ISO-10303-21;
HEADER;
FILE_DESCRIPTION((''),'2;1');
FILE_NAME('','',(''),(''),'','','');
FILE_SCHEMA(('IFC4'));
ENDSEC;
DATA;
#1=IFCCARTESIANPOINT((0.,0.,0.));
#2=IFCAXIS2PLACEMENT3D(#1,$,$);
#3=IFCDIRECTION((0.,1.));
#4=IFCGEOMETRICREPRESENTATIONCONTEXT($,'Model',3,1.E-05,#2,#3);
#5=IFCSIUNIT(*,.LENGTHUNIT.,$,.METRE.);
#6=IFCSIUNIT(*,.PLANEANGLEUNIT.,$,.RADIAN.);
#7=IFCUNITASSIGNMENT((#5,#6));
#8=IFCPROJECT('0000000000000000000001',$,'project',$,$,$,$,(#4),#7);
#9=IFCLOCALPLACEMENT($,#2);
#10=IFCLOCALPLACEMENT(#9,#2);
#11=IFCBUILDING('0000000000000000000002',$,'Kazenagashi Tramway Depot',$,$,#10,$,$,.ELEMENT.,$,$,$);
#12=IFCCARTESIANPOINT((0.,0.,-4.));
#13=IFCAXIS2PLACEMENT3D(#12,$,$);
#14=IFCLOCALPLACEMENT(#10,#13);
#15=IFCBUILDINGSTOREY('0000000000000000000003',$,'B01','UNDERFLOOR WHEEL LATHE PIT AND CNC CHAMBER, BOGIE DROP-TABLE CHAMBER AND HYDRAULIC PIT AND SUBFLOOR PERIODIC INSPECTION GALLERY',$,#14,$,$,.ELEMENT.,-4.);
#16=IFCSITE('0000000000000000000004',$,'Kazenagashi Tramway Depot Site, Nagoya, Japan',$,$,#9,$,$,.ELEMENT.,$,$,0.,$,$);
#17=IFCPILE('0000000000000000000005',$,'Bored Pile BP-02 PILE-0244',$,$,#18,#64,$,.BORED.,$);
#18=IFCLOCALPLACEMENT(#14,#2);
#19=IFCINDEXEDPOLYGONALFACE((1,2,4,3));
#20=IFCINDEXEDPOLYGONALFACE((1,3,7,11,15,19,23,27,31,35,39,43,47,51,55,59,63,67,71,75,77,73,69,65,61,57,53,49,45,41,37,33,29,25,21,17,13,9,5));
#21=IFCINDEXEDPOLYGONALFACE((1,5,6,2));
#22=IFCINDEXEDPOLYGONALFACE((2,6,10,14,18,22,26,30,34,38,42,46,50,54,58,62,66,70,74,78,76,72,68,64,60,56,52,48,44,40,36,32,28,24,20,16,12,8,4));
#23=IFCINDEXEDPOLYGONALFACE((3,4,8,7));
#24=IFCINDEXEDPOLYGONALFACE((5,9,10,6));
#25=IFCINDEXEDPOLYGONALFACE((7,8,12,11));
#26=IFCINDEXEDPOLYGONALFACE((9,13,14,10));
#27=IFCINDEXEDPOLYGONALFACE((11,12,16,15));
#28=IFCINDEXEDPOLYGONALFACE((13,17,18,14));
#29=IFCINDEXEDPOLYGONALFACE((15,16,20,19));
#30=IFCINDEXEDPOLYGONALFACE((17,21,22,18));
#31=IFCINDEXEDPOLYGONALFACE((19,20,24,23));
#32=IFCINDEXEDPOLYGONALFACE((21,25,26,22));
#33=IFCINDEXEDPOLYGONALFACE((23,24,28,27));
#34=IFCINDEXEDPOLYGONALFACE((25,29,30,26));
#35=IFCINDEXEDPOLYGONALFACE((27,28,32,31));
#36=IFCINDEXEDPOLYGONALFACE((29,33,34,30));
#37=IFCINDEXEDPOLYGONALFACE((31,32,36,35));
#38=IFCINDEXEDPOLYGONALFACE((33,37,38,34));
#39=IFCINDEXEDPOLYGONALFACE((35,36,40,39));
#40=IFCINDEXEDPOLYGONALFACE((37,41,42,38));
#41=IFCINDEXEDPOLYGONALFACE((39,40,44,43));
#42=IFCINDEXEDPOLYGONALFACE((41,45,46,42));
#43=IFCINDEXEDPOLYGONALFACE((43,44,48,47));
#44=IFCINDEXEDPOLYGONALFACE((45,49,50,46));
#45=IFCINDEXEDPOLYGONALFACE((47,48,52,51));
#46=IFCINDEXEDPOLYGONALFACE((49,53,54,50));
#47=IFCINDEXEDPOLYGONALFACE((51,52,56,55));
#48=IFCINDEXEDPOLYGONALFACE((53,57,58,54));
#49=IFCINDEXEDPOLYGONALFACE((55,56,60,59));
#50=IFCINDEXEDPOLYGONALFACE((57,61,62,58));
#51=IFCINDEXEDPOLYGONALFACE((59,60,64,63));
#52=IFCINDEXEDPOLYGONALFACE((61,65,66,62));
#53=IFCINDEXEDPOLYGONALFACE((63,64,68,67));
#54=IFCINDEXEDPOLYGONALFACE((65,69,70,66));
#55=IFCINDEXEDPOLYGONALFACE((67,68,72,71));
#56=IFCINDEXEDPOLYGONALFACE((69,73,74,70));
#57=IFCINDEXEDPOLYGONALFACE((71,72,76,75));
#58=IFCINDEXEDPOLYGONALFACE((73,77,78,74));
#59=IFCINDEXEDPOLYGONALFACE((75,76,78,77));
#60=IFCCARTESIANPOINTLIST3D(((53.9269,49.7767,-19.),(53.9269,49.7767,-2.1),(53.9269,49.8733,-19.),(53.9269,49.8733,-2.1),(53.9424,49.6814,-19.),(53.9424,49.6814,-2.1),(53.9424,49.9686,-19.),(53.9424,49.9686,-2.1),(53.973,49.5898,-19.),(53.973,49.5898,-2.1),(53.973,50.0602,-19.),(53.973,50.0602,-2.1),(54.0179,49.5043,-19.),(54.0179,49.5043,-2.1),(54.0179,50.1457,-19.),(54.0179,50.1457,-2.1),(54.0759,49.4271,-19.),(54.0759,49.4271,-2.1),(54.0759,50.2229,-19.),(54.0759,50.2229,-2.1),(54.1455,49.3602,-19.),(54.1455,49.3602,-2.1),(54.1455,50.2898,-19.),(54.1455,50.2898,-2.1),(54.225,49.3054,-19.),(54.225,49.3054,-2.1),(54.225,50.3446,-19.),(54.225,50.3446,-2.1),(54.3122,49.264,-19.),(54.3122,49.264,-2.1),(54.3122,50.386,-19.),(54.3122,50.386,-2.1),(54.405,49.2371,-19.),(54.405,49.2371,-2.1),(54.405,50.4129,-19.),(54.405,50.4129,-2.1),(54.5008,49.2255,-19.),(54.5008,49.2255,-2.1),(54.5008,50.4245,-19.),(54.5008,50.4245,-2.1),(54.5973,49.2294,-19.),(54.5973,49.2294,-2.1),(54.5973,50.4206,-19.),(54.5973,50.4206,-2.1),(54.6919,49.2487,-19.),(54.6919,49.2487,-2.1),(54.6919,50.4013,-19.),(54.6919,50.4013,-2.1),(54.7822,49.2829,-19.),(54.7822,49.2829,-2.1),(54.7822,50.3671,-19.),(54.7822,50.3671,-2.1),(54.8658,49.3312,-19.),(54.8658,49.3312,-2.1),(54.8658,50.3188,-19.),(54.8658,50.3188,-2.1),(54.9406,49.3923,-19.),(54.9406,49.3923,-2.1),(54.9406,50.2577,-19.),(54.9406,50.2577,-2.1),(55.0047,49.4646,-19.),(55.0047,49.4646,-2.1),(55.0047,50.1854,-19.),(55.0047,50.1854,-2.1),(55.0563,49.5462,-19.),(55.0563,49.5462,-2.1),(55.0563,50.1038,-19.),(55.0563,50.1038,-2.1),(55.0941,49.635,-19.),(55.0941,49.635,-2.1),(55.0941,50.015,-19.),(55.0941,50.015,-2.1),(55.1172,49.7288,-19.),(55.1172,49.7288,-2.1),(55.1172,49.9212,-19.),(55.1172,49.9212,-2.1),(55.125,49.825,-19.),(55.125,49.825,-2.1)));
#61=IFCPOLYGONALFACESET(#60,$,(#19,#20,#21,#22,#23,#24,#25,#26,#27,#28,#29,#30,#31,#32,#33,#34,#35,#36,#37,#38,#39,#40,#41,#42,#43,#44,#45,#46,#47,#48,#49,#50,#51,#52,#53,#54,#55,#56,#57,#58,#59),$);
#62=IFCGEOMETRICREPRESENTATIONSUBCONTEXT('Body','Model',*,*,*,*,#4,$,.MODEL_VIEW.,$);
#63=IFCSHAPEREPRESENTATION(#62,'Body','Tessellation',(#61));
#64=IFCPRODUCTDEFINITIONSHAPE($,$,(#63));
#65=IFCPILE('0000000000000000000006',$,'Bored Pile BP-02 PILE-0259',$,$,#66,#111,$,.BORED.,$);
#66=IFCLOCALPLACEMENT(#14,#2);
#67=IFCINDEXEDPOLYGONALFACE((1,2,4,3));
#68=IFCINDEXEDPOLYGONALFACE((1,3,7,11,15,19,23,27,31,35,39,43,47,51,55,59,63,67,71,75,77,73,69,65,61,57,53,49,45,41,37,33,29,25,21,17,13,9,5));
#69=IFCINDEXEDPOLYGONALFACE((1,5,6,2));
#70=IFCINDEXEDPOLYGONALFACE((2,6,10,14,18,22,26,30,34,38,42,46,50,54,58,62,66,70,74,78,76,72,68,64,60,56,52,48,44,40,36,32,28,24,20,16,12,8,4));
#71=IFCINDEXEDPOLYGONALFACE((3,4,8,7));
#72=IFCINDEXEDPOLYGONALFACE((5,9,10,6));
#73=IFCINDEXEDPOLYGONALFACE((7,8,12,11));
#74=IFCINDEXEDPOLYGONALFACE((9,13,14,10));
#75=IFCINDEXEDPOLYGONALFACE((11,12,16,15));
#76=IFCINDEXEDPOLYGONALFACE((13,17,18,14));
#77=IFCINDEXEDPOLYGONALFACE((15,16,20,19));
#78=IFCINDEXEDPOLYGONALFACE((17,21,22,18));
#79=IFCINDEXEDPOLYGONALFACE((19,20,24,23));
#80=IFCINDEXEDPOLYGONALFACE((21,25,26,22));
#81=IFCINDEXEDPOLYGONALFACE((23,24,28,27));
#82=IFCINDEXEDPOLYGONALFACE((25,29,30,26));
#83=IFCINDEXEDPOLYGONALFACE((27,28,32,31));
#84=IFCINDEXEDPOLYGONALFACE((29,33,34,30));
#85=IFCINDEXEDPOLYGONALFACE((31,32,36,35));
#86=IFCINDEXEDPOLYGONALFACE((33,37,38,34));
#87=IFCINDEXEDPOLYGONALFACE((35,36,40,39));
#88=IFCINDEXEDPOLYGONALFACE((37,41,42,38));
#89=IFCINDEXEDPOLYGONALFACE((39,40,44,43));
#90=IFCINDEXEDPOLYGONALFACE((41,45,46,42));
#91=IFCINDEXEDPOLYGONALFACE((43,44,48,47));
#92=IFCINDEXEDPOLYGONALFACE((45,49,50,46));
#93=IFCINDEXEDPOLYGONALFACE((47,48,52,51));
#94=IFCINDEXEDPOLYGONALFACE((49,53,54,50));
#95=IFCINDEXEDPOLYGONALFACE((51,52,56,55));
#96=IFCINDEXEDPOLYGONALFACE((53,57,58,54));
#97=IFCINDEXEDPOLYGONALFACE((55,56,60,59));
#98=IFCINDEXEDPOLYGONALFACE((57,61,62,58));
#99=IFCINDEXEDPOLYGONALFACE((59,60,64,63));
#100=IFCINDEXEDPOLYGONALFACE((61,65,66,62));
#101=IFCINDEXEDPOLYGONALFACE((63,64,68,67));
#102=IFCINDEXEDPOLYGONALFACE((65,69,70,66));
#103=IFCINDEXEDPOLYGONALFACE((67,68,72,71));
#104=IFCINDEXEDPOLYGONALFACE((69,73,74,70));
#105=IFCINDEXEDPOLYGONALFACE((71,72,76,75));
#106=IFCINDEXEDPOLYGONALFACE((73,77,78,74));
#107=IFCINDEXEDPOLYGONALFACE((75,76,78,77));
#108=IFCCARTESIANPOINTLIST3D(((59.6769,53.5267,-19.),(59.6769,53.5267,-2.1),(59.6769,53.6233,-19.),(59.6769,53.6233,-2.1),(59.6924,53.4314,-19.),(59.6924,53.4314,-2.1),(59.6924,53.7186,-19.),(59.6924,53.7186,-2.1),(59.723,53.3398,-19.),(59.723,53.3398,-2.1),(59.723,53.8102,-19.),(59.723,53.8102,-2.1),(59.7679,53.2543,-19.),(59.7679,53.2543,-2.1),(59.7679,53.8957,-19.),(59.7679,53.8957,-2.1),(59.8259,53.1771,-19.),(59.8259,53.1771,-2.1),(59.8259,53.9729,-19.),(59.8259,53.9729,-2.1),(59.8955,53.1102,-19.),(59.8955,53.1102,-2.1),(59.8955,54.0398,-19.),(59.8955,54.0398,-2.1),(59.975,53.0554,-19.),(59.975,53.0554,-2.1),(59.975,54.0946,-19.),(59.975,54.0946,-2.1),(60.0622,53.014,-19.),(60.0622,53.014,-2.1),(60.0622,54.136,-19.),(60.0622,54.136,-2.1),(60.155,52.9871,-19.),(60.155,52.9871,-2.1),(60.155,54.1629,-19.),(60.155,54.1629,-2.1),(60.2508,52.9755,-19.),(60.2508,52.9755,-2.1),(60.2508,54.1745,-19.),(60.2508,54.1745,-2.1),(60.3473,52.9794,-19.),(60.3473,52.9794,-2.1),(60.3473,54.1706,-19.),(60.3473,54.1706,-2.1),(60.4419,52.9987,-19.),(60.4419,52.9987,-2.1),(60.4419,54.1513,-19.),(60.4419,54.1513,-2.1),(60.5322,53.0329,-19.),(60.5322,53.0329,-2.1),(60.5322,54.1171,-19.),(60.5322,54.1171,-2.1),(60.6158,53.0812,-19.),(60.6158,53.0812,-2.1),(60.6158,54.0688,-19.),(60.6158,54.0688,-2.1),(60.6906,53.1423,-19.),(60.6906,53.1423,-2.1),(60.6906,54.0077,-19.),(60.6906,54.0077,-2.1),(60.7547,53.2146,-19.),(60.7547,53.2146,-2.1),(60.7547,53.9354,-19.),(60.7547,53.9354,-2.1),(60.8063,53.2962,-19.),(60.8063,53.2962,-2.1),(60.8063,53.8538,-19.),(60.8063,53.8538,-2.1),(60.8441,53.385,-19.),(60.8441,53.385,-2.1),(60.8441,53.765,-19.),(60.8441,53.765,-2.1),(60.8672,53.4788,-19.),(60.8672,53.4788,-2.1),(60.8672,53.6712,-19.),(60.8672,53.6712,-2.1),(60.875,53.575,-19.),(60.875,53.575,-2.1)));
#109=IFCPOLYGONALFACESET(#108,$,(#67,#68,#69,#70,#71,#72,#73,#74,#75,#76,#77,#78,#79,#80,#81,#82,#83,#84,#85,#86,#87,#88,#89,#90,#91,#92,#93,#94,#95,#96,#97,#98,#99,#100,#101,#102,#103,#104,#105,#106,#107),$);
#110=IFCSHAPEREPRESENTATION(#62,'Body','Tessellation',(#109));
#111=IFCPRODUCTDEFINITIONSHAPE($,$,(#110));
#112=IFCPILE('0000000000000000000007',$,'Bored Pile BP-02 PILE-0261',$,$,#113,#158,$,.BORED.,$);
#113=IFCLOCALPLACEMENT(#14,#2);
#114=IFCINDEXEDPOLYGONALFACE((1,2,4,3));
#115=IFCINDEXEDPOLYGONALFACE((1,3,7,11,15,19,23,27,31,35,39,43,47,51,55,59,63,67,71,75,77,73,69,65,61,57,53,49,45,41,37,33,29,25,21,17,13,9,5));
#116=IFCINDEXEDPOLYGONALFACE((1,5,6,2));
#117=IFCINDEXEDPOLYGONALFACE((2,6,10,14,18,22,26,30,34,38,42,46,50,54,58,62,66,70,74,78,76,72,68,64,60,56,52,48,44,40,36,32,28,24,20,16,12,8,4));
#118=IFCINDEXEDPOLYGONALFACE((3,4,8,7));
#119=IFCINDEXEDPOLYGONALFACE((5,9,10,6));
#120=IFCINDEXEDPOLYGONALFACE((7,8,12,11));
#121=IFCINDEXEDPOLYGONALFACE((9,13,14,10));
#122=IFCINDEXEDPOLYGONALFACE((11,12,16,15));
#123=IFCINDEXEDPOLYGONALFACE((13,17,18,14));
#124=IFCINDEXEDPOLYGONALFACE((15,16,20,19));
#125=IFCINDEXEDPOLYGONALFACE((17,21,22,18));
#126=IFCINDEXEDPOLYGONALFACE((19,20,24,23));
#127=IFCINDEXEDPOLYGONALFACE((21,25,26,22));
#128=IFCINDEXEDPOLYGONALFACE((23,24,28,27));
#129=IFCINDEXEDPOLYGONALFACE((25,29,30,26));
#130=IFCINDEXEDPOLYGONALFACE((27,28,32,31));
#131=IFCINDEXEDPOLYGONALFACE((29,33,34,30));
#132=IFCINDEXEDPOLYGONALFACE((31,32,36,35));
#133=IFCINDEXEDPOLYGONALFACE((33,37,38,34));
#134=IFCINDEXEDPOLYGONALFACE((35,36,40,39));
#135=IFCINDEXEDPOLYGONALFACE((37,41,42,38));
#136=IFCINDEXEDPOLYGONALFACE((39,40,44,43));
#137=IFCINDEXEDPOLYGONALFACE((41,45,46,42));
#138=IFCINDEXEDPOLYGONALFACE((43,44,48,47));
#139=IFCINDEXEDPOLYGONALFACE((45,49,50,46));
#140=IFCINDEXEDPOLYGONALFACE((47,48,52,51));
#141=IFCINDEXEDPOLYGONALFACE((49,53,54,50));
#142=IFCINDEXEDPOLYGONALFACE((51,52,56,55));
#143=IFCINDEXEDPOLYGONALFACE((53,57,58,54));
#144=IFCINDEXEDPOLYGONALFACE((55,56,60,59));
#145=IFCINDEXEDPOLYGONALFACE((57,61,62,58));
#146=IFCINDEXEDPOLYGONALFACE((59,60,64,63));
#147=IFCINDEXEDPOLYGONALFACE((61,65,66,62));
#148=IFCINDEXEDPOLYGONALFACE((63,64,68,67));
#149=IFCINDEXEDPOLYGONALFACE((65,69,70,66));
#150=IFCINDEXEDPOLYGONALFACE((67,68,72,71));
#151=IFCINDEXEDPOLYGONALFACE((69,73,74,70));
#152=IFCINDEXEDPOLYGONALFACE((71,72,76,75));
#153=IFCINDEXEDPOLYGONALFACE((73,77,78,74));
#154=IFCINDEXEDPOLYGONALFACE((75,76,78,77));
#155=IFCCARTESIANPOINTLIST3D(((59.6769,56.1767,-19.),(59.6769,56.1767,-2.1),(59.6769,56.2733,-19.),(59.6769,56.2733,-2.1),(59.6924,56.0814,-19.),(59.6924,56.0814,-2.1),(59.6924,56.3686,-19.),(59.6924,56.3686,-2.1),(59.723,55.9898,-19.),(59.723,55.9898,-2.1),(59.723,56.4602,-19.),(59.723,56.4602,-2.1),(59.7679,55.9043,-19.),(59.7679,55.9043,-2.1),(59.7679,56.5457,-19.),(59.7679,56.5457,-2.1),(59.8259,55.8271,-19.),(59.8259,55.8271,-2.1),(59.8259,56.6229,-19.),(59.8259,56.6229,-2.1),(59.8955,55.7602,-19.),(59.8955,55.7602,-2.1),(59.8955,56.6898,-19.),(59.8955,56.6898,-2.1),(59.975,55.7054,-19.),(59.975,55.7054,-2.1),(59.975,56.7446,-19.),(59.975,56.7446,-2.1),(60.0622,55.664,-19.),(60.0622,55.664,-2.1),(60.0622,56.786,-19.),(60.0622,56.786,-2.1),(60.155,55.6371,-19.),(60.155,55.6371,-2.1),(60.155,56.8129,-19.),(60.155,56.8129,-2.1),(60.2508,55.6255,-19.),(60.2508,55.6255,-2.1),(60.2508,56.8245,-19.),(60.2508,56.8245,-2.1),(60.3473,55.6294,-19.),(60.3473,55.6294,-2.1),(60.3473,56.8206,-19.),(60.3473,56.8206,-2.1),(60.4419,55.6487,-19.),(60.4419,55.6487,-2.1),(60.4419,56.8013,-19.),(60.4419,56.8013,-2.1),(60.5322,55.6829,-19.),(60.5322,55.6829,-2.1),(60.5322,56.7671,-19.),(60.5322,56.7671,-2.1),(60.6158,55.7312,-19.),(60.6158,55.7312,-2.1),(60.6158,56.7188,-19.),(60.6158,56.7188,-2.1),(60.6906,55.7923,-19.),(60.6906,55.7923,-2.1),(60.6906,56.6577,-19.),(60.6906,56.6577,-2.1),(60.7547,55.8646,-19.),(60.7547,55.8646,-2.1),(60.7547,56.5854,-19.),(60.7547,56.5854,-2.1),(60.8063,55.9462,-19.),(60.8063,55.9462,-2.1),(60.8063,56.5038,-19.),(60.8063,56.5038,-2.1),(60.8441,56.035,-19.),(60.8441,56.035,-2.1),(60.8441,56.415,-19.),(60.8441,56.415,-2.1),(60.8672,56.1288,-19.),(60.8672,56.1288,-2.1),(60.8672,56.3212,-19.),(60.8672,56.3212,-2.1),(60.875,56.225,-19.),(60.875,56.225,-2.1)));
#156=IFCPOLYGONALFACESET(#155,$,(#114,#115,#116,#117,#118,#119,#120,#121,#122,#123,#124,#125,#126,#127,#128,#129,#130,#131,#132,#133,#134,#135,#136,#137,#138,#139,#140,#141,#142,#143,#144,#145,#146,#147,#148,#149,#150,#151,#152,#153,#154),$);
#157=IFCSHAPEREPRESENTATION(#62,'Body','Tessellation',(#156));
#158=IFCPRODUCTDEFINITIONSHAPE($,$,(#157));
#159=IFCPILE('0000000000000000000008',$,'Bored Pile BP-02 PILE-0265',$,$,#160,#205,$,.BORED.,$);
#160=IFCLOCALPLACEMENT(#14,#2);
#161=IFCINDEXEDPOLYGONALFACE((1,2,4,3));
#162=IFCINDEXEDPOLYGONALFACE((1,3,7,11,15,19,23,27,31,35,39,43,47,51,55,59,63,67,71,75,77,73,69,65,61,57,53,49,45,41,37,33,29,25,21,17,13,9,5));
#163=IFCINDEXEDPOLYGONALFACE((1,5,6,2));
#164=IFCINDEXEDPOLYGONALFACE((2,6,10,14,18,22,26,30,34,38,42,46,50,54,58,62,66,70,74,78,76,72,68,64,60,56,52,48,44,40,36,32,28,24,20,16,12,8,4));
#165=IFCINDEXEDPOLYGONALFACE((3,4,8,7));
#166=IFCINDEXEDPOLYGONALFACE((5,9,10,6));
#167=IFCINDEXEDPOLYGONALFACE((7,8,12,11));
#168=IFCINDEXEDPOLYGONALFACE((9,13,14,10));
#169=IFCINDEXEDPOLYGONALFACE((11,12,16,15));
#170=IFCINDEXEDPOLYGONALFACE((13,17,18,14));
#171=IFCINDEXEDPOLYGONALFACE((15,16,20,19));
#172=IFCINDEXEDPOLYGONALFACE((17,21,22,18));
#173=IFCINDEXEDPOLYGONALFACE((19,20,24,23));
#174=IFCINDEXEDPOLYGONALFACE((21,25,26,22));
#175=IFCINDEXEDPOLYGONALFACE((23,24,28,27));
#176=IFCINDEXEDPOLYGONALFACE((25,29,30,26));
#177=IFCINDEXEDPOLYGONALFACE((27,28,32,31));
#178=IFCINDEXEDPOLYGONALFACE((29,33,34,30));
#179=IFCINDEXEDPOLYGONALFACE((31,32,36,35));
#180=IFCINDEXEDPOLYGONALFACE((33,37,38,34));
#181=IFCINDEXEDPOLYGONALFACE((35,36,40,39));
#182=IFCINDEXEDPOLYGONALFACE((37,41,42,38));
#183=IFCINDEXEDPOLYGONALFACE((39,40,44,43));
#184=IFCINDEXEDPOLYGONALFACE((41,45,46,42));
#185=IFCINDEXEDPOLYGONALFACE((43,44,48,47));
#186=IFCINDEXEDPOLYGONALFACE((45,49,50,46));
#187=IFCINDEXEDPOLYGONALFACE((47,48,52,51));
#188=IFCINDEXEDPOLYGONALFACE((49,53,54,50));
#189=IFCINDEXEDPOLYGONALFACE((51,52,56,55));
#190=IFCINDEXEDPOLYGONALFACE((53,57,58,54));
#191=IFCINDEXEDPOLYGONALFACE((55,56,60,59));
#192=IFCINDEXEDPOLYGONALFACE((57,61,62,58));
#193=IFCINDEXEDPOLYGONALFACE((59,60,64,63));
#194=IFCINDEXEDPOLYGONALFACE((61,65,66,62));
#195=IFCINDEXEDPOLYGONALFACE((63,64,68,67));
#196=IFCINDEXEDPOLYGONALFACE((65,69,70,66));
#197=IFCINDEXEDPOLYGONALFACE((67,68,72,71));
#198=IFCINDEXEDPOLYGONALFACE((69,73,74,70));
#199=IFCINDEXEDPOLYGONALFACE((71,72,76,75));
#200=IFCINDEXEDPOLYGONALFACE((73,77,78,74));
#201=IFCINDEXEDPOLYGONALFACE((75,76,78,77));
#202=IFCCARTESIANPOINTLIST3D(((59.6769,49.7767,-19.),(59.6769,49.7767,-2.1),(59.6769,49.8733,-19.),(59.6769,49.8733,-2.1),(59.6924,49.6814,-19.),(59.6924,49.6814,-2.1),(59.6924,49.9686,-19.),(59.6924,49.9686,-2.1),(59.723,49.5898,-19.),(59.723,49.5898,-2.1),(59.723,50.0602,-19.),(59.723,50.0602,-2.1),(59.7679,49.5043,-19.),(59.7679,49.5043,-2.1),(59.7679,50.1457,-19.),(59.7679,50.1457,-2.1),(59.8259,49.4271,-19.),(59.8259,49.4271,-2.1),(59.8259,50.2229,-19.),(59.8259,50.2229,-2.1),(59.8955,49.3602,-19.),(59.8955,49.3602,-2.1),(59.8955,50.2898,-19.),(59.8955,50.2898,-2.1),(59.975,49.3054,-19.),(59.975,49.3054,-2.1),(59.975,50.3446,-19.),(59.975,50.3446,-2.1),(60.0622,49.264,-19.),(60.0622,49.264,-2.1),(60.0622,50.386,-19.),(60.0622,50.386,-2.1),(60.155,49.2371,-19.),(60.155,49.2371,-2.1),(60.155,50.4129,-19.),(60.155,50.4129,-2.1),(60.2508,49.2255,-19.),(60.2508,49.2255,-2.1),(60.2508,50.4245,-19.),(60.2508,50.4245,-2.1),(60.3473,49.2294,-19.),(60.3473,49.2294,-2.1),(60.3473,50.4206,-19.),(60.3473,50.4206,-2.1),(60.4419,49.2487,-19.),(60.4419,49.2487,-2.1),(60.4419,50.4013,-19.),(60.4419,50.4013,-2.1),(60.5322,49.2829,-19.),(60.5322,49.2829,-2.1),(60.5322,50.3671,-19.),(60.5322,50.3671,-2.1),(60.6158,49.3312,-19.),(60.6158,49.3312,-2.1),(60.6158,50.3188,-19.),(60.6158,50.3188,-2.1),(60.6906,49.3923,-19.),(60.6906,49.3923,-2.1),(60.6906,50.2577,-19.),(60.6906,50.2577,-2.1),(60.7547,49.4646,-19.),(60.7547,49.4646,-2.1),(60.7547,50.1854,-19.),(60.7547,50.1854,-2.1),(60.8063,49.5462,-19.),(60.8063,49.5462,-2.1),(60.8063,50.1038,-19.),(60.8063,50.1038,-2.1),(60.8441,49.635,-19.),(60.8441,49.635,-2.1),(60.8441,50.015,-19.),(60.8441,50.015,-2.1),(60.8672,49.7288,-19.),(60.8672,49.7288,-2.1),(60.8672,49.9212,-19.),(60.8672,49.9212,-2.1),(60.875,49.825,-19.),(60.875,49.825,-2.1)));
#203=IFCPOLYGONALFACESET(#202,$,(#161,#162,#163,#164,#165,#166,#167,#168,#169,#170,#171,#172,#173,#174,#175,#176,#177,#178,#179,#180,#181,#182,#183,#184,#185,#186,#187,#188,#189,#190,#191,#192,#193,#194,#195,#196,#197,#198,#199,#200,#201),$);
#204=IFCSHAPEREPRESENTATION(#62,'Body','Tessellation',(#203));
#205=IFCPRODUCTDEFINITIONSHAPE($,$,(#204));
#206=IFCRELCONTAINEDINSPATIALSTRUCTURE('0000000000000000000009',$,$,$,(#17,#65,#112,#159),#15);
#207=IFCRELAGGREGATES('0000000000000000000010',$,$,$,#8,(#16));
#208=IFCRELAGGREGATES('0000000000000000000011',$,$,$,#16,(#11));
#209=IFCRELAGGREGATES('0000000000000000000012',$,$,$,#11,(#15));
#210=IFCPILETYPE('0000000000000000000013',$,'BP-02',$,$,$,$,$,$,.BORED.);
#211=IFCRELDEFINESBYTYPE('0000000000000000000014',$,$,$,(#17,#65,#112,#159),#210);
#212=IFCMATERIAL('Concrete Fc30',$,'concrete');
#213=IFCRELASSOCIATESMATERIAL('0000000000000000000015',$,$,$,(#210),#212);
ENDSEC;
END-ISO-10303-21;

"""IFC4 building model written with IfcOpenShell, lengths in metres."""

from ifc_helpers import new_model, si_unit, direction, frame, origin, origin_2d, place, context, subcontext, project, spatial, circle, extrude, material, material_profile, profile_set, type_object, element, save


model = new_model("IFC4")

# Units and contexts
model_context = context("Model", 3, precision=1e-05, world=origin(), true_north=direction((0.0, 1.0)))
body_context = subcontext(model_context, "Body", "Model", "MODEL_VIEW")
ifc_project = project(units=[si_unit("LENGTHUNIT", "METRE"), si_unit("PLANEANGLEUNIT", "RADIAN")], contexts=[model_context])

# Site, building, storey
site_placement = place(None, origin())
site = spatial("IfcSite", under=ifc_project, at=site_placement, Name="Kazenagashi Tramway Depot Site, Nagoya, Japan", CompositionType="ELEMENT", RefElevation=0.0)
building_placement = place(site_placement, origin())
building = spatial("IfcBuilding", under=site, at=building_placement, Name="Kazenagashi Tramway Depot", CompositionType="ELEMENT")
storey_placement = place(building_placement, frame((0.0, 0.0, -4.0)))
storey = spatial("IfcBuildingStorey", under=building, at=storey_placement, Name="B01", Description="UNDERFLOOR WHEEL LATHE PIT AND CNC CHAMBER, BOGIE DROP-TABLE CHAMBER AND HYDRAULIC PIT AND SUBFLOOR PERIODIC INSPECTION GALLERY", CompositionType="ELEMENT", Elevation=-4.0)

# Piles
ifc_material_1 = material(Name="Concrete Fc30", Category="concrete")
ifc_material_profile_1 = material_profile(ifc_material_1, circle(Radius=0.6, at=origin_2d()), Name="PILE-1200")
ifc_profile_set_1 = profile_set([ifc_material_profile_1], Name="Concrete Fc30")
pile_type_1 = type_object("IfcPileType", Name="BP-02", PredefinedType="BORED", material=ifc_profile_set_1)
for number, where, z_axis, x_axis, name in (
    (1, (54.525, 49.825, -2.1), (0.0, 0.0, -1.0), (1.0, 0.0, 0.0), "Bored Pile BP-02 PILE-0244"),
    (2, (60.275, 53.575, -2.1), (0.0, 0.0, -1.0), (1.0, 0.0, 0.0), "Bored Pile BP-02 PILE-0259"),
    (3, (60.275, 56.225, -2.1), (0.0, 0.0, -1.0), (1.0, 0.0, 0.0), "Bored Pile BP-02 PILE-0261"),
    (4, (60.275, 49.825, -2.1), (0.0, 0.0, -1.0), (1.0, 0.0, 0.0), "Bored Pile BP-02 PILE-0265"),
):
    element("IfcPile", number, at=place(storey_placement, frame(where, z_axis=z_axis, x_axis=x_axis)), inside=storey, type_object=pile_type_1, Name=name, PredefinedType="BORED", context=body_context, shape_type="SweptSolid", body=[
        extrude(circle(Radius=0.6, at=origin_2d()), origin(), (0.0, 0.0, 1.0), 16.9),
    ])

save(model, "model.ifc")
